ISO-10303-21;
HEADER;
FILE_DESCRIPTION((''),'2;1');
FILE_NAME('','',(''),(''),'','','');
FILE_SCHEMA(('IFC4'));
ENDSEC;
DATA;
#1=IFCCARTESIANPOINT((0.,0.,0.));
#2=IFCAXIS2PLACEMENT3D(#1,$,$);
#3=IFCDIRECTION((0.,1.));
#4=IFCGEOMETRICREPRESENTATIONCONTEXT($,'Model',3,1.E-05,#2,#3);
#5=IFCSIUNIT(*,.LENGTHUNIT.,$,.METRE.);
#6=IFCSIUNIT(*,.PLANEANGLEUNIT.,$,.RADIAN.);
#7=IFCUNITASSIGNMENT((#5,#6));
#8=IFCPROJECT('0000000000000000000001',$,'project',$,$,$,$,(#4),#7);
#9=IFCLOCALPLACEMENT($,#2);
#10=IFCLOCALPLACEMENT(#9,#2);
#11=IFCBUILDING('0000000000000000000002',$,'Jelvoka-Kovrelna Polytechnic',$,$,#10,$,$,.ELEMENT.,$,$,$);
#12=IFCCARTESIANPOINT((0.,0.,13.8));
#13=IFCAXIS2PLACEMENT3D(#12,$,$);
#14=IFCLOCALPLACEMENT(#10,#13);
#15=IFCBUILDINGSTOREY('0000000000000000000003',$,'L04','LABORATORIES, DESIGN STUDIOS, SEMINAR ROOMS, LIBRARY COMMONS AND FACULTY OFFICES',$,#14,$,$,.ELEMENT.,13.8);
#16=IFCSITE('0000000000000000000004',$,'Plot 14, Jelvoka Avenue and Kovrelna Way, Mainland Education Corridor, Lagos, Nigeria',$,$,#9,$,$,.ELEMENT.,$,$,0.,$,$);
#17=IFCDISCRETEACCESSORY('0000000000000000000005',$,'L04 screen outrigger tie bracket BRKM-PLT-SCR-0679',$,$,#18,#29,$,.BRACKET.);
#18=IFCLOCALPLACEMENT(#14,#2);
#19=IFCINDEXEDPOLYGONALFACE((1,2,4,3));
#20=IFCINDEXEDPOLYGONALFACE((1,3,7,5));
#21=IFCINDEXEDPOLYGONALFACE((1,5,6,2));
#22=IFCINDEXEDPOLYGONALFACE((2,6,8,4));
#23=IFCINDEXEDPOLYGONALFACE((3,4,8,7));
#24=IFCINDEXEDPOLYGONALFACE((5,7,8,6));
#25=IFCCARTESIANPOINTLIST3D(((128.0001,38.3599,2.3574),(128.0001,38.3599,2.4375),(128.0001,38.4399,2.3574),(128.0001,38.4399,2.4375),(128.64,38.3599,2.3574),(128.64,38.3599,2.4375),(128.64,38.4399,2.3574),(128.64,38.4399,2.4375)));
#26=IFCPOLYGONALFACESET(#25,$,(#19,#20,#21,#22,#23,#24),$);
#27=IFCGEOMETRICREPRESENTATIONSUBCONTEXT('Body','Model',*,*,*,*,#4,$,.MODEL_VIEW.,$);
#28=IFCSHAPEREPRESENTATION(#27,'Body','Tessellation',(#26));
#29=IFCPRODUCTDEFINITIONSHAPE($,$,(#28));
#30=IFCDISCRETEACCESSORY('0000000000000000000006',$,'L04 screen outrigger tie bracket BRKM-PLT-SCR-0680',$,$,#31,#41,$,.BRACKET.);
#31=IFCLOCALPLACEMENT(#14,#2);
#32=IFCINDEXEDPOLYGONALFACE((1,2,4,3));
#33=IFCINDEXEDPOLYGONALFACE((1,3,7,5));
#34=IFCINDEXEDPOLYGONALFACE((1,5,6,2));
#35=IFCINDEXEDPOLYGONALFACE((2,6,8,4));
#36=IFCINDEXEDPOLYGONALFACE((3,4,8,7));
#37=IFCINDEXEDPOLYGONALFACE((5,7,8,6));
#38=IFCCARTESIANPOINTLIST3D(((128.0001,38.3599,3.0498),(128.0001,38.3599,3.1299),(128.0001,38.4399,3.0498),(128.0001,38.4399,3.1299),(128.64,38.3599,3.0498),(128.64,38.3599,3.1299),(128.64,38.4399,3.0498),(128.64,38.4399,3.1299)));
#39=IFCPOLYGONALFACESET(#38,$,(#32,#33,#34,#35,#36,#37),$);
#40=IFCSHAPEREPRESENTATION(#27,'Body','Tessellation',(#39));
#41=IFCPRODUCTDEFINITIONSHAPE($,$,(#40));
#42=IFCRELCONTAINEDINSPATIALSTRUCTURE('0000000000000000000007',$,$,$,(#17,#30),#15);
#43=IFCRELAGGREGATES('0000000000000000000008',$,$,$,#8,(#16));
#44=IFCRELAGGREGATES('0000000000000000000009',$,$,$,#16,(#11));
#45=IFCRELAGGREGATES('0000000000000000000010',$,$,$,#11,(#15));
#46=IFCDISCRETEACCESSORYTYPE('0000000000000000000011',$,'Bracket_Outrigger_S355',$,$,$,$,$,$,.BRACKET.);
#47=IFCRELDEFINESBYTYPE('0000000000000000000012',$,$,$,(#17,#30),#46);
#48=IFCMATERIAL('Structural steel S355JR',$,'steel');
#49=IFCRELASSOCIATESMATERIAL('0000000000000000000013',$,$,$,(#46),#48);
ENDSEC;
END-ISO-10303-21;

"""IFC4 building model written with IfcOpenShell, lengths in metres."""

from ifc_helpers import new_model, si_unit, direction, frame, origin, origin_2d, place, context, subcontext, project, spatial, rectangle, extrude, material, type_object, element, save


model = new_model("IFC4")

# Units and contexts
model_context = context("Model", 3, precision=1e-05, world=origin(), true_north=direction((0.0, 1.0)))
body_context = subcontext(model_context, "Body", "Model", "MODEL_VIEW")
ifc_project = project(units=[si_unit("LENGTHUNIT", "METRE"), si_unit("PLANEANGLEUNIT", "RADIAN")], contexts=[model_context])

# Site, building, storey
site_placement = place(None, origin())
site = spatial("IfcSite", under=ifc_project, at=site_placement, Name="Plot 14, Jelvoka Avenue and Kovrelna Way, Mainland Education Corridor, Lagos, Nigeria", CompositionType="ELEMENT", RefElevation=0.0)
building_placement = place(site_placement, origin())
building = spatial("IfcBuilding", under=site, at=building_placement, Name="Jelvoka-Kovrelna Polytechnic", CompositionType="ELEMENT")
storey_placement = place(building_placement, frame((0.0, 0.0, 13.8)))
storey = spatial("IfcBuildingStorey", under=building, at=storey_placement, Name="L04", Description="LABORATORIES, DESIGN STUDIOS, SEMINAR ROOMS, LIBRARY COMMONS AND FACULTY OFFICES", CompositionType="ELEMENT", Elevation=13.8)

# Discrete accessories
ifc_material_1 = material(Name="Structural steel S355JR", Category="steel")
discrete_accessory_type = type_object("IfcDiscreteAccessoryType", Name="Bracket_Outrigger_S355", PredefinedType="BRACKET", material=ifc_material_1)
for number, where, z_axis, x_axis, name in (
    (1, (128.3201, 38.3999, 2.3574), (0.0, 0.0, 1.0), (1.0, 0.0, 0.0), "L04 screen outrigger tie bracket BRKM-PLT-SCR-0679"),
    (2, (128.3201, 38.3999, 3.0498), (0.0, 0.0, 1.0), (1.0, 0.0, 0.0), "L04 screen outrigger tie bracket BRKM-PLT-SCR-0680"),
):
    element("IfcDiscreteAccessory", number, at=place(storey_placement, frame(where, z_axis=z_axis, x_axis=x_axis)), inside=storey, type_object=discrete_accessory_type, Name=name, PredefinedType="BRACKET", context=body_context, shape_type="SweptSolid", body=[
        extrude(rectangle(XDim=0.6399, YDim=0.0801, at=origin_2d()), origin(), (0.0, 0.0, 1.0), 0.0801),
    ])

save(model, "model.ifc")
